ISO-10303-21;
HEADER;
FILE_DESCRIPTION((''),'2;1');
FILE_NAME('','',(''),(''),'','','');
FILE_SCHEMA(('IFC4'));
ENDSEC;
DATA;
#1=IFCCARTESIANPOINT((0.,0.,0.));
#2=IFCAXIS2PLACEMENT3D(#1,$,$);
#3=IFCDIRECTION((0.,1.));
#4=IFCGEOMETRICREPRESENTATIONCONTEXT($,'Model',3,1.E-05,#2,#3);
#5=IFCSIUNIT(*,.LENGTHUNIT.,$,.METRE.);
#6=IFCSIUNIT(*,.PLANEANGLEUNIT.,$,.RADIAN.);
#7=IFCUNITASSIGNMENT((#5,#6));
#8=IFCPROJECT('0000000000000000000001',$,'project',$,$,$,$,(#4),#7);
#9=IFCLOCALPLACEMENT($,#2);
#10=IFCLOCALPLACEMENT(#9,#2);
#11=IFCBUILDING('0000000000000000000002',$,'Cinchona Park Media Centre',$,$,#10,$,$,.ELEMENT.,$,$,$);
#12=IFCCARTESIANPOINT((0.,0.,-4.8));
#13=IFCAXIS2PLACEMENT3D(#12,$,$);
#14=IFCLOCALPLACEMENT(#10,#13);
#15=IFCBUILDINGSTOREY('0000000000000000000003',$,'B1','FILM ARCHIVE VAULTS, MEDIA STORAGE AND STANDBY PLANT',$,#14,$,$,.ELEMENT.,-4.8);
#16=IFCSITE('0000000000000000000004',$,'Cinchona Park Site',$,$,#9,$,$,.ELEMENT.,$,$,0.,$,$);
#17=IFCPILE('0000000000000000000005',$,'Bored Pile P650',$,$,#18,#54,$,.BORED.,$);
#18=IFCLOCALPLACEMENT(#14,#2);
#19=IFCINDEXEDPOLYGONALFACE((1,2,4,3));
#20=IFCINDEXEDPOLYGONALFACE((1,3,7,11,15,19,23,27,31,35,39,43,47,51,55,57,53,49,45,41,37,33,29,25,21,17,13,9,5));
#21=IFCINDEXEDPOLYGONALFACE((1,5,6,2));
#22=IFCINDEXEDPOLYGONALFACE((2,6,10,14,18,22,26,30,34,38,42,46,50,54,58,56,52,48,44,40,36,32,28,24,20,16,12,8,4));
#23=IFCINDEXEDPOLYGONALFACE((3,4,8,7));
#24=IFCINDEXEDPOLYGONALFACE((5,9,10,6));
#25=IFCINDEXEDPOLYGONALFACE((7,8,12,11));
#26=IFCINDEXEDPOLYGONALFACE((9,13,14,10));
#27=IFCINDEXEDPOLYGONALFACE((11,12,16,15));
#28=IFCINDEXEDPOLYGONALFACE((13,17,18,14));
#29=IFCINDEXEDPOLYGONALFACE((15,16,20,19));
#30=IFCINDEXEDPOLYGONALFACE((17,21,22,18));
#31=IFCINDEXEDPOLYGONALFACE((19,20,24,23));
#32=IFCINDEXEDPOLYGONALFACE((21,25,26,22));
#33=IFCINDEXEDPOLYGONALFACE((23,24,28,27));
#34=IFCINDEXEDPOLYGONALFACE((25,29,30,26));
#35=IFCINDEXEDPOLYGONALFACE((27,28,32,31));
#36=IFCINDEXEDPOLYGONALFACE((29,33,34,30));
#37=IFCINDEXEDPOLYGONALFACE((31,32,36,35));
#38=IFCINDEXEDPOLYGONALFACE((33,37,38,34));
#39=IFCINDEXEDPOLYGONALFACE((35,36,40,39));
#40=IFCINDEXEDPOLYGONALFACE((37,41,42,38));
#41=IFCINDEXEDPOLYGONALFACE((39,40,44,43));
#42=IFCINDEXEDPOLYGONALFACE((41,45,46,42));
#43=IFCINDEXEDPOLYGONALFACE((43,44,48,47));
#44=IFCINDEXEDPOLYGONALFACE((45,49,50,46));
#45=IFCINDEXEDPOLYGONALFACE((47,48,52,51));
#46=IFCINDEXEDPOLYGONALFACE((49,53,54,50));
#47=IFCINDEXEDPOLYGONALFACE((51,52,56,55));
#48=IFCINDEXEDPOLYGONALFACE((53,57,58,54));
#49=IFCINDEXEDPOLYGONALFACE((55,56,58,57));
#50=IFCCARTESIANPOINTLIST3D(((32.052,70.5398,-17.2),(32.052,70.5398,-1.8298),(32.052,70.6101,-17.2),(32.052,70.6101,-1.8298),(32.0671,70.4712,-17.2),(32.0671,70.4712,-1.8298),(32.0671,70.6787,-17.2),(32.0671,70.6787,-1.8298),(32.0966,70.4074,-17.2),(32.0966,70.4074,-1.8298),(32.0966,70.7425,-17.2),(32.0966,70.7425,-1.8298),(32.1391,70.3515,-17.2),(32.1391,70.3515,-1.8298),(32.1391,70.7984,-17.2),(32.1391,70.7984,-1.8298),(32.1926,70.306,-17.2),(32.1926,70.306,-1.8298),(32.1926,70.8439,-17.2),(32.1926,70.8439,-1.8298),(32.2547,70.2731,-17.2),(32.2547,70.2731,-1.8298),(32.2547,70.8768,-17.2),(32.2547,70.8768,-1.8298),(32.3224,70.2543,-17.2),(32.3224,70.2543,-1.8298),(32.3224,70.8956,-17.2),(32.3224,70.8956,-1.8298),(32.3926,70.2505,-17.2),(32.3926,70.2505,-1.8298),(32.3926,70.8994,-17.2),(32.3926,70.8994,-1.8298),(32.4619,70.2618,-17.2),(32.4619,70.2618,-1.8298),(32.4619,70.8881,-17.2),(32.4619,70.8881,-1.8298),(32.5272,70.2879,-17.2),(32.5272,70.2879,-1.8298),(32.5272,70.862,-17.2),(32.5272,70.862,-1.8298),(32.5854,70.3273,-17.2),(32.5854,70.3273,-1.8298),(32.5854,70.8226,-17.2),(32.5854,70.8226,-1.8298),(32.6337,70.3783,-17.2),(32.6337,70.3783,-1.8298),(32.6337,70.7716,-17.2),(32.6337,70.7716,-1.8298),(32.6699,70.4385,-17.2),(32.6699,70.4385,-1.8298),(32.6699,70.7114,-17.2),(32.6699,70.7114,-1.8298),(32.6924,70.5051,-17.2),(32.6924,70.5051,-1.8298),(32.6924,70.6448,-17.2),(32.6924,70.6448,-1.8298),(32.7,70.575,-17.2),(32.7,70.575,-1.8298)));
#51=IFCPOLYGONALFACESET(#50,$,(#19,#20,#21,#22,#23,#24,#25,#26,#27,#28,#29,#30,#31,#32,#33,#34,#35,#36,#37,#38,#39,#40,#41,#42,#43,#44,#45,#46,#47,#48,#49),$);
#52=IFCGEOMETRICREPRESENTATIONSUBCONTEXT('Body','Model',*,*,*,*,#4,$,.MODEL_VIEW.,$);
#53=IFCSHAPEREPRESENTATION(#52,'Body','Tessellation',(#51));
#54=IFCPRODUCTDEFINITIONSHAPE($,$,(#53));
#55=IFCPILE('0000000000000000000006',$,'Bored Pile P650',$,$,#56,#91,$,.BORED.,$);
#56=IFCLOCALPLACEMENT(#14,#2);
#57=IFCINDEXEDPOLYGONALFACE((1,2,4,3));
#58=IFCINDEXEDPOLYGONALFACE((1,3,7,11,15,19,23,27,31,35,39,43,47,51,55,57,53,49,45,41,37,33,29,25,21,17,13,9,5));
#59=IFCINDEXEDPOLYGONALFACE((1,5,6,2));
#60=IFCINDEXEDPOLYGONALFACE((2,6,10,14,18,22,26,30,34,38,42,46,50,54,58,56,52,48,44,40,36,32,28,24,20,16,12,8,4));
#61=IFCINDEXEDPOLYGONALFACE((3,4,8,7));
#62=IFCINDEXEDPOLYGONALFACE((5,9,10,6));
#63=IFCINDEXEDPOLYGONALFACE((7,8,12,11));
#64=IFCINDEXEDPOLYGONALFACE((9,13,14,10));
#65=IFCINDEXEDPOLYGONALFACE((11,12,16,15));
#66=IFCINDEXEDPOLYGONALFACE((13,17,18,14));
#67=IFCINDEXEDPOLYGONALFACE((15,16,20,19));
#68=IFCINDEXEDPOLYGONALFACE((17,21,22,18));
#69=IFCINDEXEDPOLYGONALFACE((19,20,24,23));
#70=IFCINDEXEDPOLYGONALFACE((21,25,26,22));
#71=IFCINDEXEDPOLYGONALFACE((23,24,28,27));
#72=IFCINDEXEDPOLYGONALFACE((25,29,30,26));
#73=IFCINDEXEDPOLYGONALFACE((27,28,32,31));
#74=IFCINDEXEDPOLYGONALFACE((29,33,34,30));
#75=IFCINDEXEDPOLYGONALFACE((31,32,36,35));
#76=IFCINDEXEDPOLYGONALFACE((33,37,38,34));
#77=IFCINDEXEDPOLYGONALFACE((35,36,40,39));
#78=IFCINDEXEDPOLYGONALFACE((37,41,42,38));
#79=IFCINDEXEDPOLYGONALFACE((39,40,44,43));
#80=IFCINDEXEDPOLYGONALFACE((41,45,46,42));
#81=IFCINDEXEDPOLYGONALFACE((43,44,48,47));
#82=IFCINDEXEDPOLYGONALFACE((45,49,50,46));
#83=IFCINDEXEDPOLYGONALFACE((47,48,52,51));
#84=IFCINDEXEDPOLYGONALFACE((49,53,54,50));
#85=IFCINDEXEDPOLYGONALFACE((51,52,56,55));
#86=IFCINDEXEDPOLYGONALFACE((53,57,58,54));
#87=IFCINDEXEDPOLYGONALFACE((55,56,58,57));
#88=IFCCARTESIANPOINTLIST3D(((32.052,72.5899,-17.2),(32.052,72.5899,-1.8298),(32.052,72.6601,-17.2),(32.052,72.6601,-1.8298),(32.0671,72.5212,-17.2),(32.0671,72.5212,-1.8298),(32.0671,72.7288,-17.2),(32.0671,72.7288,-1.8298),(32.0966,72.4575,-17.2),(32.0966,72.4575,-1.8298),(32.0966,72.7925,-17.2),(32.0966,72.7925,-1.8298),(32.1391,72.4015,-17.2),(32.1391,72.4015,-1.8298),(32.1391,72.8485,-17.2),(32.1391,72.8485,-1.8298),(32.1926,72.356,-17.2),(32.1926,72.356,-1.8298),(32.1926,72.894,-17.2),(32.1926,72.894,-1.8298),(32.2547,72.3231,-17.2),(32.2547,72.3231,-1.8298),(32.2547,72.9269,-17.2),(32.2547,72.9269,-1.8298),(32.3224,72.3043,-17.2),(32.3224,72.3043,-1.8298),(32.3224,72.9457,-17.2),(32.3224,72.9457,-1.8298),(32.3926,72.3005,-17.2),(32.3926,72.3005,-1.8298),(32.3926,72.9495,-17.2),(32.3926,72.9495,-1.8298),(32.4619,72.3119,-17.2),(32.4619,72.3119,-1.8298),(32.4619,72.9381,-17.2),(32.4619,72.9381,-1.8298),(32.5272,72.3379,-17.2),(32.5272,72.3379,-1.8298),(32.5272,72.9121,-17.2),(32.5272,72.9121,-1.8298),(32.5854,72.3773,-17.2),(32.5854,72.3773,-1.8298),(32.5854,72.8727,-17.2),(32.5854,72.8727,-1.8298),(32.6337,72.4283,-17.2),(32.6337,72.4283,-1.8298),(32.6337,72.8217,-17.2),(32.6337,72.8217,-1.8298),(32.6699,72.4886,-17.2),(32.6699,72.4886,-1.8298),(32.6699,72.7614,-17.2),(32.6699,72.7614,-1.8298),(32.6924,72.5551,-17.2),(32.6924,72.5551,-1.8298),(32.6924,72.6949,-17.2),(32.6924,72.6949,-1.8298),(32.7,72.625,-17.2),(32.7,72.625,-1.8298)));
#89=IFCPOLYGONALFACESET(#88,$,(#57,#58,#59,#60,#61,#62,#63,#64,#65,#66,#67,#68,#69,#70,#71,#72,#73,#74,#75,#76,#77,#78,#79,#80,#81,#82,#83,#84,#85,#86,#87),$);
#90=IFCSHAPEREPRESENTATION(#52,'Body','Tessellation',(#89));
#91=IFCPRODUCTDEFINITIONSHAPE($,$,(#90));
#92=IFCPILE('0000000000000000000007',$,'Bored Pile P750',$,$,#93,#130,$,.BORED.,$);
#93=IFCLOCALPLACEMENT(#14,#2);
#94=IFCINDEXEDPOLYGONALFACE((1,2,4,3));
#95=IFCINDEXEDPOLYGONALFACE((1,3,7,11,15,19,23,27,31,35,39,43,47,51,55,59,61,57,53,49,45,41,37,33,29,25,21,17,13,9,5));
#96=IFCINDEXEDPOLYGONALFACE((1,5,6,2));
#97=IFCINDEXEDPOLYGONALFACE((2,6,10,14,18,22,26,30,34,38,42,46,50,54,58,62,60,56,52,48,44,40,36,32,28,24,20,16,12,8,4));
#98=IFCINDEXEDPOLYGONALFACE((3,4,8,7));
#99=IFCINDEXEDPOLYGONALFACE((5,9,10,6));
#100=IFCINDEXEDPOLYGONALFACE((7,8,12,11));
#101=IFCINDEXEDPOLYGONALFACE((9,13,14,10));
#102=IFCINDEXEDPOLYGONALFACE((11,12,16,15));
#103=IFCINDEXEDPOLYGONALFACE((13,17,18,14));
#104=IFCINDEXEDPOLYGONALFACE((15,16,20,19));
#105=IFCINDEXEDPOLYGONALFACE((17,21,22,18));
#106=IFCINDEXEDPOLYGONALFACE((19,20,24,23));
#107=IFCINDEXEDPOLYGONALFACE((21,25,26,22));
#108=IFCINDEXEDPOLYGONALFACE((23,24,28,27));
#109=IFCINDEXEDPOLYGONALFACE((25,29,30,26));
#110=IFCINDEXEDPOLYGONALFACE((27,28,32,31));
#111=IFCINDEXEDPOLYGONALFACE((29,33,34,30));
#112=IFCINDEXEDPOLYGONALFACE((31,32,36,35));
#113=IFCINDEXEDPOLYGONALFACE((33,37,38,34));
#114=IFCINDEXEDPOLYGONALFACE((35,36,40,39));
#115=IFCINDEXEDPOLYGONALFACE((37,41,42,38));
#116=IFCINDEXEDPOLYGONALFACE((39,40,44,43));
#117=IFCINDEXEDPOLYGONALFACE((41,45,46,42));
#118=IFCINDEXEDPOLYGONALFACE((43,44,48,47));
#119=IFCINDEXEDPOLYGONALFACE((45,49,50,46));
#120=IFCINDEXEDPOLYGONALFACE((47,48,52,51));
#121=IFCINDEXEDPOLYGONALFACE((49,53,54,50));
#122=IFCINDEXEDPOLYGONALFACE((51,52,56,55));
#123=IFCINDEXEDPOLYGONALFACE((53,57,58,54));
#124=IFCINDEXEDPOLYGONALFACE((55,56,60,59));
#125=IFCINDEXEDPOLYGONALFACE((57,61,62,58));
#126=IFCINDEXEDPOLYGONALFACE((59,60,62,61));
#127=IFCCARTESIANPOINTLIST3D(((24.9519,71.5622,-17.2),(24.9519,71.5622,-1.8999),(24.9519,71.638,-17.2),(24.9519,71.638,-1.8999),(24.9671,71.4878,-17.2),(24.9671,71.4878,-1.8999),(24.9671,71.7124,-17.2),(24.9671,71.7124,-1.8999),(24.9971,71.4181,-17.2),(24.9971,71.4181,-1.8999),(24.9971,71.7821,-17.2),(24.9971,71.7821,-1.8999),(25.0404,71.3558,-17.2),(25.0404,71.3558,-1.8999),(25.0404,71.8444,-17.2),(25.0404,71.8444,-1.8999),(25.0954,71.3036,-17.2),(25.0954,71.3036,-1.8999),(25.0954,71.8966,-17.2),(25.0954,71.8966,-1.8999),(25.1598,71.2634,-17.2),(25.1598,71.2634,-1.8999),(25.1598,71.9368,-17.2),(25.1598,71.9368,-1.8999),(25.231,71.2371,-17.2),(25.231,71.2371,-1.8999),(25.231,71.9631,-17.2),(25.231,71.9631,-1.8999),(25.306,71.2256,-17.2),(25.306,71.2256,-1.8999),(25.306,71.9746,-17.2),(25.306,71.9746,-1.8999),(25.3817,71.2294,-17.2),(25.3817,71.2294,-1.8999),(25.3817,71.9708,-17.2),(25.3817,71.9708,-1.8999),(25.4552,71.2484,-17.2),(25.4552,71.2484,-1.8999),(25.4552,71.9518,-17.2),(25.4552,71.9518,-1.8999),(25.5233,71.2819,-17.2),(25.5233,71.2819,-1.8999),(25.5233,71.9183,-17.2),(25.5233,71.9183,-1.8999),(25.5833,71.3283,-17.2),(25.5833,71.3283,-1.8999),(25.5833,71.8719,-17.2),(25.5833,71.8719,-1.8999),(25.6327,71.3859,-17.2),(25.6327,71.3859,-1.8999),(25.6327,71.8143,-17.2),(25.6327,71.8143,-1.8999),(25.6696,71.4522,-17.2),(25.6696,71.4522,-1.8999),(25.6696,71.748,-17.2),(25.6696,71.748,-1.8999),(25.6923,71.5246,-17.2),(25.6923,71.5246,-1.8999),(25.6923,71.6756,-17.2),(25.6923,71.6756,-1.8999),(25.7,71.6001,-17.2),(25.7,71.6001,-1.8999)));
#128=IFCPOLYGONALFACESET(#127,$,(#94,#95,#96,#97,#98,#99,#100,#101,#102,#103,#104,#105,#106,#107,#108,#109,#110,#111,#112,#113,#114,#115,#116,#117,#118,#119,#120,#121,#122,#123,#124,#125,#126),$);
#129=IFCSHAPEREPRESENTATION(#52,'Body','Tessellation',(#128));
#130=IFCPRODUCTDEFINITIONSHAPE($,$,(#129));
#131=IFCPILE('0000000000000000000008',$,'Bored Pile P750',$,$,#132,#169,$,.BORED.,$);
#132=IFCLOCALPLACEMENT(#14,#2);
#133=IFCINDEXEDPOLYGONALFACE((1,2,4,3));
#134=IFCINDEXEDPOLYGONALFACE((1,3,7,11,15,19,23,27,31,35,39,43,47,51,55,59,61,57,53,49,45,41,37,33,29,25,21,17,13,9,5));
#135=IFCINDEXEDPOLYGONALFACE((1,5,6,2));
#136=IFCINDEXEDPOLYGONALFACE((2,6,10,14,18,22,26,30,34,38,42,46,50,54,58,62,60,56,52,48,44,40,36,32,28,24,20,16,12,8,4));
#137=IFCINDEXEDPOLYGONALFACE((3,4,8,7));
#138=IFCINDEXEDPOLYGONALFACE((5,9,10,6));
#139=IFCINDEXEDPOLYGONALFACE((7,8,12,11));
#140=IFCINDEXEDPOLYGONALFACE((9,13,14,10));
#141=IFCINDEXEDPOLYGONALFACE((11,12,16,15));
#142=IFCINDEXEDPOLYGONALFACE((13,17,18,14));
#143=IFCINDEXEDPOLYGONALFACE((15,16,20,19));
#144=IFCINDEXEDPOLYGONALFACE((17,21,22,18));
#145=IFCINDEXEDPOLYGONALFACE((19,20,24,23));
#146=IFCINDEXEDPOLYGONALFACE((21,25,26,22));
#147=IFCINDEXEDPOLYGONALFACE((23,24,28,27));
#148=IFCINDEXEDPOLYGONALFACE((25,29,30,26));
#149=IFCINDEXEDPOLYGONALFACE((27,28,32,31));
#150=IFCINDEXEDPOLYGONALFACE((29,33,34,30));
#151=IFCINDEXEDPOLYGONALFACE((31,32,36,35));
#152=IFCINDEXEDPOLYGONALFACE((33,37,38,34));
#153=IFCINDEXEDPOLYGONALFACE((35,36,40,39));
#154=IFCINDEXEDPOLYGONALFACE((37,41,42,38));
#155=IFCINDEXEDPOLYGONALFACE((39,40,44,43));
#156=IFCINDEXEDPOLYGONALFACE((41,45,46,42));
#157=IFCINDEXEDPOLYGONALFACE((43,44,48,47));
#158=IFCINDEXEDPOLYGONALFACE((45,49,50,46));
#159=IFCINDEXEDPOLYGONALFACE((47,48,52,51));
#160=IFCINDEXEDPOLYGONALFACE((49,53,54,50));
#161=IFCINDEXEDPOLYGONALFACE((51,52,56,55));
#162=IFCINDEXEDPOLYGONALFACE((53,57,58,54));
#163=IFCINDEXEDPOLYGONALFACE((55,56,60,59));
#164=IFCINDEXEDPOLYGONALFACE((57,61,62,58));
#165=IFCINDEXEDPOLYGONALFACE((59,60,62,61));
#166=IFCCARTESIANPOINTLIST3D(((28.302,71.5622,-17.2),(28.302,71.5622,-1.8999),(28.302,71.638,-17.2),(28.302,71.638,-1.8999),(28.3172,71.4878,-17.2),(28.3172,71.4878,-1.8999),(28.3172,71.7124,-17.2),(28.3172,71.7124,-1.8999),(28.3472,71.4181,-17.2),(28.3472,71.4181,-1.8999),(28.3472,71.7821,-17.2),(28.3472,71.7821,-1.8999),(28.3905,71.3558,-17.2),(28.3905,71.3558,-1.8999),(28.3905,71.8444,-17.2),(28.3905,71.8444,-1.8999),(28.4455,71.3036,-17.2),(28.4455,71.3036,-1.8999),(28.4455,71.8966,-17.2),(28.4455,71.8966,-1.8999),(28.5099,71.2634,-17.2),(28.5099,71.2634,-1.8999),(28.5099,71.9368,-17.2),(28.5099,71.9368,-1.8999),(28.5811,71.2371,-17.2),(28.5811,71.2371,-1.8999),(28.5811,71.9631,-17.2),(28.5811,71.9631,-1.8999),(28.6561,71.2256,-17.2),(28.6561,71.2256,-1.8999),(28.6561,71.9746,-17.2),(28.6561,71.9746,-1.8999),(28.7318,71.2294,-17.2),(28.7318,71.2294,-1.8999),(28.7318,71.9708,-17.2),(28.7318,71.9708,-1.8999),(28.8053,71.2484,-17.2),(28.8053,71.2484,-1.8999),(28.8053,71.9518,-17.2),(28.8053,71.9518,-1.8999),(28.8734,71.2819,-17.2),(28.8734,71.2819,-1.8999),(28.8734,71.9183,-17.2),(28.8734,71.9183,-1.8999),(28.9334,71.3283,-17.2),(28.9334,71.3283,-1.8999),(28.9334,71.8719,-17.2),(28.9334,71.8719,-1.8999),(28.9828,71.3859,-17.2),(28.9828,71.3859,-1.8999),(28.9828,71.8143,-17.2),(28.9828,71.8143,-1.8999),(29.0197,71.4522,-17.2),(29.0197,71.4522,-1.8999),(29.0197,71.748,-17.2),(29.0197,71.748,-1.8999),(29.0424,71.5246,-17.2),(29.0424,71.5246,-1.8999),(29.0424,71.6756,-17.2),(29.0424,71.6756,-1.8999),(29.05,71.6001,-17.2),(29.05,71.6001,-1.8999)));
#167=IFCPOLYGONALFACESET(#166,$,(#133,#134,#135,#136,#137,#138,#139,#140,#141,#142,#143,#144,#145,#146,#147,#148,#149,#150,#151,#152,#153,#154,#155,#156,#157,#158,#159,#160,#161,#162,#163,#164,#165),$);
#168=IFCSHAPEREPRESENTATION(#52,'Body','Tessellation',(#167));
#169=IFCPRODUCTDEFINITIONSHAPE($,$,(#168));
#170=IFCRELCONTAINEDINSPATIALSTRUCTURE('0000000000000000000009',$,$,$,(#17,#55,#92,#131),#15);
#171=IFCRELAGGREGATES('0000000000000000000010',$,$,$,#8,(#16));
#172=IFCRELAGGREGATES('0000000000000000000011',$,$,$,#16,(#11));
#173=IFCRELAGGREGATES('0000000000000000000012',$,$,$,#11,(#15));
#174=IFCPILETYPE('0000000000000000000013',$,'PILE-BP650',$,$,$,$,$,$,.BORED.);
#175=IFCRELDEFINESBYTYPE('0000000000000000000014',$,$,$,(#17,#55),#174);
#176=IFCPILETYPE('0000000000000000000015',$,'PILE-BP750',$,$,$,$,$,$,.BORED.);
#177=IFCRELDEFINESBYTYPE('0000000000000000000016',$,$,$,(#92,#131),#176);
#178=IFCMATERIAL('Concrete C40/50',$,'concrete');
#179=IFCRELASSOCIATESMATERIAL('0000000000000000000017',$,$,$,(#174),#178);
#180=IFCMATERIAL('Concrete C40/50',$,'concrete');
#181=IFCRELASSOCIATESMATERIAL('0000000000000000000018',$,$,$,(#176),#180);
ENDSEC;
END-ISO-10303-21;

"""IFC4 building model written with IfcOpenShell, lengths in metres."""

from ifc_helpers import new_model, si_unit, direction, frame, origin, origin_2d, place, context, subcontext, project, spatial, circle, extrude, material, material_profile, profile_set, type_object, element, save


model = new_model("IFC4")

# Units and contexts
model_context = context("Model", 3, precision=1e-05, world=origin(), true_north=direction((0.0, 1.0)))
body_context = subcontext(model_context, "Body", "Model", "MODEL_VIEW")
ifc_project = project(units=[si_unit("LENGTHUNIT", "METRE"), si_unit("PLANEANGLEUNIT", "RADIAN")], contexts=[model_context])

# Site, building, storey
site_placement = place(None, origin())
site = spatial("IfcSite", under=ifc_project, at=site_placement, Name="Cinchona Park Site", CompositionType="ELEMENT", RefElevation=0.0)
building_placement = place(site_placement, origin())
building = spatial("IfcBuilding", under=site, at=building_placement, Name="Cinchona Park Media Centre", CompositionType="ELEMENT")
storey_placement = place(building_placement, frame((0.0, 0.0, -4.8)))
storey = spatial("IfcBuildingStorey", under=building, at=storey_placement, Name="B1", Description="FILM ARCHIVE VAULTS, MEDIA STORAGE AND STANDBY PLANT", CompositionType="ELEMENT", Elevation=-4.8)

# Piles
ifc_material_1 = material(Name="Concrete C40/50", Category="concrete")
ifc_material_profile_1 = material_profile(ifc_material_1, circle(Radius=0.325, at=origin_2d()), Name="BORED PILE 650")
ifc_profile_set_1 = profile_set([ifc_material_profile_1], Name="Concrete C40/50")
pile_type_1 = type_object("IfcPileType", Name="PILE-BP650", PredefinedType="BORED", material=ifc_profile_set_1)
for number, where, z_axis, x_axis, name in (
    (1, (32.375, 70.575, -1.8298), (0.0, 0.0, -1.0), (1.0, 0.0, 0.0), "Bored Pile P650"),
    (2, (32.375, 72.625, -1.8298), (0.0, 0.0, -1.0), (1.0, 0.0, 0.0), "Bored Pile P650"),
):
    element("IfcPile", number, at=place(storey_placement, frame(where, z_axis=z_axis, x_axis=x_axis)), inside=storey, type_object=pile_type_1, Name=name, PredefinedType="BORED", context=body_context, shape_type="SweptSolid", body=[
        extrude(circle(Radius=0.325, at=origin_2d()), origin(), (0.0, 0.0, 1.0), 15.3701),
    ])
ifc_material_2 = material(Name="Concrete C40/50", Category="concrete")
ifc_material_profile_2 = material_profile(ifc_material_2, circle(Radius=0.375, at=origin_2d()), Name="BORED PILE 750")
ifc_profile_set_2 = profile_set([ifc_material_profile_2], Name="Concrete C40/50")
pile_type_2 = type_object("IfcPileType", Name="PILE-BP750", PredefinedType="BORED", material=ifc_profile_set_2)
for number, where, z_axis, x_axis, name in (
    (3, (25.325, 71.6001, -1.8999), (0.0, 0.0, -1.0), (1.0, 0.0, 0.0), "Bored Pile P750"),
    (4, (28.675, 71.6001, -1.8999), (0.0, 0.0, -1.0), (1.0, 0.0, 0.0), "Bored Pile P750"),
):
    element("IfcPile", number, at=place(storey_placement, frame(where, z_axis=z_axis, x_axis=x_axis)), inside=storey, type_object=pile_type_2, Name=name, PredefinedType="BORED", context=body_context, shape_type="SweptSolid", body=[
        extrude(circle(Radius=0.375, at=origin_2d()), origin(), (0.0, 0.0, 1.0), 15.3),
    ])

save(model, "model.ifc")
